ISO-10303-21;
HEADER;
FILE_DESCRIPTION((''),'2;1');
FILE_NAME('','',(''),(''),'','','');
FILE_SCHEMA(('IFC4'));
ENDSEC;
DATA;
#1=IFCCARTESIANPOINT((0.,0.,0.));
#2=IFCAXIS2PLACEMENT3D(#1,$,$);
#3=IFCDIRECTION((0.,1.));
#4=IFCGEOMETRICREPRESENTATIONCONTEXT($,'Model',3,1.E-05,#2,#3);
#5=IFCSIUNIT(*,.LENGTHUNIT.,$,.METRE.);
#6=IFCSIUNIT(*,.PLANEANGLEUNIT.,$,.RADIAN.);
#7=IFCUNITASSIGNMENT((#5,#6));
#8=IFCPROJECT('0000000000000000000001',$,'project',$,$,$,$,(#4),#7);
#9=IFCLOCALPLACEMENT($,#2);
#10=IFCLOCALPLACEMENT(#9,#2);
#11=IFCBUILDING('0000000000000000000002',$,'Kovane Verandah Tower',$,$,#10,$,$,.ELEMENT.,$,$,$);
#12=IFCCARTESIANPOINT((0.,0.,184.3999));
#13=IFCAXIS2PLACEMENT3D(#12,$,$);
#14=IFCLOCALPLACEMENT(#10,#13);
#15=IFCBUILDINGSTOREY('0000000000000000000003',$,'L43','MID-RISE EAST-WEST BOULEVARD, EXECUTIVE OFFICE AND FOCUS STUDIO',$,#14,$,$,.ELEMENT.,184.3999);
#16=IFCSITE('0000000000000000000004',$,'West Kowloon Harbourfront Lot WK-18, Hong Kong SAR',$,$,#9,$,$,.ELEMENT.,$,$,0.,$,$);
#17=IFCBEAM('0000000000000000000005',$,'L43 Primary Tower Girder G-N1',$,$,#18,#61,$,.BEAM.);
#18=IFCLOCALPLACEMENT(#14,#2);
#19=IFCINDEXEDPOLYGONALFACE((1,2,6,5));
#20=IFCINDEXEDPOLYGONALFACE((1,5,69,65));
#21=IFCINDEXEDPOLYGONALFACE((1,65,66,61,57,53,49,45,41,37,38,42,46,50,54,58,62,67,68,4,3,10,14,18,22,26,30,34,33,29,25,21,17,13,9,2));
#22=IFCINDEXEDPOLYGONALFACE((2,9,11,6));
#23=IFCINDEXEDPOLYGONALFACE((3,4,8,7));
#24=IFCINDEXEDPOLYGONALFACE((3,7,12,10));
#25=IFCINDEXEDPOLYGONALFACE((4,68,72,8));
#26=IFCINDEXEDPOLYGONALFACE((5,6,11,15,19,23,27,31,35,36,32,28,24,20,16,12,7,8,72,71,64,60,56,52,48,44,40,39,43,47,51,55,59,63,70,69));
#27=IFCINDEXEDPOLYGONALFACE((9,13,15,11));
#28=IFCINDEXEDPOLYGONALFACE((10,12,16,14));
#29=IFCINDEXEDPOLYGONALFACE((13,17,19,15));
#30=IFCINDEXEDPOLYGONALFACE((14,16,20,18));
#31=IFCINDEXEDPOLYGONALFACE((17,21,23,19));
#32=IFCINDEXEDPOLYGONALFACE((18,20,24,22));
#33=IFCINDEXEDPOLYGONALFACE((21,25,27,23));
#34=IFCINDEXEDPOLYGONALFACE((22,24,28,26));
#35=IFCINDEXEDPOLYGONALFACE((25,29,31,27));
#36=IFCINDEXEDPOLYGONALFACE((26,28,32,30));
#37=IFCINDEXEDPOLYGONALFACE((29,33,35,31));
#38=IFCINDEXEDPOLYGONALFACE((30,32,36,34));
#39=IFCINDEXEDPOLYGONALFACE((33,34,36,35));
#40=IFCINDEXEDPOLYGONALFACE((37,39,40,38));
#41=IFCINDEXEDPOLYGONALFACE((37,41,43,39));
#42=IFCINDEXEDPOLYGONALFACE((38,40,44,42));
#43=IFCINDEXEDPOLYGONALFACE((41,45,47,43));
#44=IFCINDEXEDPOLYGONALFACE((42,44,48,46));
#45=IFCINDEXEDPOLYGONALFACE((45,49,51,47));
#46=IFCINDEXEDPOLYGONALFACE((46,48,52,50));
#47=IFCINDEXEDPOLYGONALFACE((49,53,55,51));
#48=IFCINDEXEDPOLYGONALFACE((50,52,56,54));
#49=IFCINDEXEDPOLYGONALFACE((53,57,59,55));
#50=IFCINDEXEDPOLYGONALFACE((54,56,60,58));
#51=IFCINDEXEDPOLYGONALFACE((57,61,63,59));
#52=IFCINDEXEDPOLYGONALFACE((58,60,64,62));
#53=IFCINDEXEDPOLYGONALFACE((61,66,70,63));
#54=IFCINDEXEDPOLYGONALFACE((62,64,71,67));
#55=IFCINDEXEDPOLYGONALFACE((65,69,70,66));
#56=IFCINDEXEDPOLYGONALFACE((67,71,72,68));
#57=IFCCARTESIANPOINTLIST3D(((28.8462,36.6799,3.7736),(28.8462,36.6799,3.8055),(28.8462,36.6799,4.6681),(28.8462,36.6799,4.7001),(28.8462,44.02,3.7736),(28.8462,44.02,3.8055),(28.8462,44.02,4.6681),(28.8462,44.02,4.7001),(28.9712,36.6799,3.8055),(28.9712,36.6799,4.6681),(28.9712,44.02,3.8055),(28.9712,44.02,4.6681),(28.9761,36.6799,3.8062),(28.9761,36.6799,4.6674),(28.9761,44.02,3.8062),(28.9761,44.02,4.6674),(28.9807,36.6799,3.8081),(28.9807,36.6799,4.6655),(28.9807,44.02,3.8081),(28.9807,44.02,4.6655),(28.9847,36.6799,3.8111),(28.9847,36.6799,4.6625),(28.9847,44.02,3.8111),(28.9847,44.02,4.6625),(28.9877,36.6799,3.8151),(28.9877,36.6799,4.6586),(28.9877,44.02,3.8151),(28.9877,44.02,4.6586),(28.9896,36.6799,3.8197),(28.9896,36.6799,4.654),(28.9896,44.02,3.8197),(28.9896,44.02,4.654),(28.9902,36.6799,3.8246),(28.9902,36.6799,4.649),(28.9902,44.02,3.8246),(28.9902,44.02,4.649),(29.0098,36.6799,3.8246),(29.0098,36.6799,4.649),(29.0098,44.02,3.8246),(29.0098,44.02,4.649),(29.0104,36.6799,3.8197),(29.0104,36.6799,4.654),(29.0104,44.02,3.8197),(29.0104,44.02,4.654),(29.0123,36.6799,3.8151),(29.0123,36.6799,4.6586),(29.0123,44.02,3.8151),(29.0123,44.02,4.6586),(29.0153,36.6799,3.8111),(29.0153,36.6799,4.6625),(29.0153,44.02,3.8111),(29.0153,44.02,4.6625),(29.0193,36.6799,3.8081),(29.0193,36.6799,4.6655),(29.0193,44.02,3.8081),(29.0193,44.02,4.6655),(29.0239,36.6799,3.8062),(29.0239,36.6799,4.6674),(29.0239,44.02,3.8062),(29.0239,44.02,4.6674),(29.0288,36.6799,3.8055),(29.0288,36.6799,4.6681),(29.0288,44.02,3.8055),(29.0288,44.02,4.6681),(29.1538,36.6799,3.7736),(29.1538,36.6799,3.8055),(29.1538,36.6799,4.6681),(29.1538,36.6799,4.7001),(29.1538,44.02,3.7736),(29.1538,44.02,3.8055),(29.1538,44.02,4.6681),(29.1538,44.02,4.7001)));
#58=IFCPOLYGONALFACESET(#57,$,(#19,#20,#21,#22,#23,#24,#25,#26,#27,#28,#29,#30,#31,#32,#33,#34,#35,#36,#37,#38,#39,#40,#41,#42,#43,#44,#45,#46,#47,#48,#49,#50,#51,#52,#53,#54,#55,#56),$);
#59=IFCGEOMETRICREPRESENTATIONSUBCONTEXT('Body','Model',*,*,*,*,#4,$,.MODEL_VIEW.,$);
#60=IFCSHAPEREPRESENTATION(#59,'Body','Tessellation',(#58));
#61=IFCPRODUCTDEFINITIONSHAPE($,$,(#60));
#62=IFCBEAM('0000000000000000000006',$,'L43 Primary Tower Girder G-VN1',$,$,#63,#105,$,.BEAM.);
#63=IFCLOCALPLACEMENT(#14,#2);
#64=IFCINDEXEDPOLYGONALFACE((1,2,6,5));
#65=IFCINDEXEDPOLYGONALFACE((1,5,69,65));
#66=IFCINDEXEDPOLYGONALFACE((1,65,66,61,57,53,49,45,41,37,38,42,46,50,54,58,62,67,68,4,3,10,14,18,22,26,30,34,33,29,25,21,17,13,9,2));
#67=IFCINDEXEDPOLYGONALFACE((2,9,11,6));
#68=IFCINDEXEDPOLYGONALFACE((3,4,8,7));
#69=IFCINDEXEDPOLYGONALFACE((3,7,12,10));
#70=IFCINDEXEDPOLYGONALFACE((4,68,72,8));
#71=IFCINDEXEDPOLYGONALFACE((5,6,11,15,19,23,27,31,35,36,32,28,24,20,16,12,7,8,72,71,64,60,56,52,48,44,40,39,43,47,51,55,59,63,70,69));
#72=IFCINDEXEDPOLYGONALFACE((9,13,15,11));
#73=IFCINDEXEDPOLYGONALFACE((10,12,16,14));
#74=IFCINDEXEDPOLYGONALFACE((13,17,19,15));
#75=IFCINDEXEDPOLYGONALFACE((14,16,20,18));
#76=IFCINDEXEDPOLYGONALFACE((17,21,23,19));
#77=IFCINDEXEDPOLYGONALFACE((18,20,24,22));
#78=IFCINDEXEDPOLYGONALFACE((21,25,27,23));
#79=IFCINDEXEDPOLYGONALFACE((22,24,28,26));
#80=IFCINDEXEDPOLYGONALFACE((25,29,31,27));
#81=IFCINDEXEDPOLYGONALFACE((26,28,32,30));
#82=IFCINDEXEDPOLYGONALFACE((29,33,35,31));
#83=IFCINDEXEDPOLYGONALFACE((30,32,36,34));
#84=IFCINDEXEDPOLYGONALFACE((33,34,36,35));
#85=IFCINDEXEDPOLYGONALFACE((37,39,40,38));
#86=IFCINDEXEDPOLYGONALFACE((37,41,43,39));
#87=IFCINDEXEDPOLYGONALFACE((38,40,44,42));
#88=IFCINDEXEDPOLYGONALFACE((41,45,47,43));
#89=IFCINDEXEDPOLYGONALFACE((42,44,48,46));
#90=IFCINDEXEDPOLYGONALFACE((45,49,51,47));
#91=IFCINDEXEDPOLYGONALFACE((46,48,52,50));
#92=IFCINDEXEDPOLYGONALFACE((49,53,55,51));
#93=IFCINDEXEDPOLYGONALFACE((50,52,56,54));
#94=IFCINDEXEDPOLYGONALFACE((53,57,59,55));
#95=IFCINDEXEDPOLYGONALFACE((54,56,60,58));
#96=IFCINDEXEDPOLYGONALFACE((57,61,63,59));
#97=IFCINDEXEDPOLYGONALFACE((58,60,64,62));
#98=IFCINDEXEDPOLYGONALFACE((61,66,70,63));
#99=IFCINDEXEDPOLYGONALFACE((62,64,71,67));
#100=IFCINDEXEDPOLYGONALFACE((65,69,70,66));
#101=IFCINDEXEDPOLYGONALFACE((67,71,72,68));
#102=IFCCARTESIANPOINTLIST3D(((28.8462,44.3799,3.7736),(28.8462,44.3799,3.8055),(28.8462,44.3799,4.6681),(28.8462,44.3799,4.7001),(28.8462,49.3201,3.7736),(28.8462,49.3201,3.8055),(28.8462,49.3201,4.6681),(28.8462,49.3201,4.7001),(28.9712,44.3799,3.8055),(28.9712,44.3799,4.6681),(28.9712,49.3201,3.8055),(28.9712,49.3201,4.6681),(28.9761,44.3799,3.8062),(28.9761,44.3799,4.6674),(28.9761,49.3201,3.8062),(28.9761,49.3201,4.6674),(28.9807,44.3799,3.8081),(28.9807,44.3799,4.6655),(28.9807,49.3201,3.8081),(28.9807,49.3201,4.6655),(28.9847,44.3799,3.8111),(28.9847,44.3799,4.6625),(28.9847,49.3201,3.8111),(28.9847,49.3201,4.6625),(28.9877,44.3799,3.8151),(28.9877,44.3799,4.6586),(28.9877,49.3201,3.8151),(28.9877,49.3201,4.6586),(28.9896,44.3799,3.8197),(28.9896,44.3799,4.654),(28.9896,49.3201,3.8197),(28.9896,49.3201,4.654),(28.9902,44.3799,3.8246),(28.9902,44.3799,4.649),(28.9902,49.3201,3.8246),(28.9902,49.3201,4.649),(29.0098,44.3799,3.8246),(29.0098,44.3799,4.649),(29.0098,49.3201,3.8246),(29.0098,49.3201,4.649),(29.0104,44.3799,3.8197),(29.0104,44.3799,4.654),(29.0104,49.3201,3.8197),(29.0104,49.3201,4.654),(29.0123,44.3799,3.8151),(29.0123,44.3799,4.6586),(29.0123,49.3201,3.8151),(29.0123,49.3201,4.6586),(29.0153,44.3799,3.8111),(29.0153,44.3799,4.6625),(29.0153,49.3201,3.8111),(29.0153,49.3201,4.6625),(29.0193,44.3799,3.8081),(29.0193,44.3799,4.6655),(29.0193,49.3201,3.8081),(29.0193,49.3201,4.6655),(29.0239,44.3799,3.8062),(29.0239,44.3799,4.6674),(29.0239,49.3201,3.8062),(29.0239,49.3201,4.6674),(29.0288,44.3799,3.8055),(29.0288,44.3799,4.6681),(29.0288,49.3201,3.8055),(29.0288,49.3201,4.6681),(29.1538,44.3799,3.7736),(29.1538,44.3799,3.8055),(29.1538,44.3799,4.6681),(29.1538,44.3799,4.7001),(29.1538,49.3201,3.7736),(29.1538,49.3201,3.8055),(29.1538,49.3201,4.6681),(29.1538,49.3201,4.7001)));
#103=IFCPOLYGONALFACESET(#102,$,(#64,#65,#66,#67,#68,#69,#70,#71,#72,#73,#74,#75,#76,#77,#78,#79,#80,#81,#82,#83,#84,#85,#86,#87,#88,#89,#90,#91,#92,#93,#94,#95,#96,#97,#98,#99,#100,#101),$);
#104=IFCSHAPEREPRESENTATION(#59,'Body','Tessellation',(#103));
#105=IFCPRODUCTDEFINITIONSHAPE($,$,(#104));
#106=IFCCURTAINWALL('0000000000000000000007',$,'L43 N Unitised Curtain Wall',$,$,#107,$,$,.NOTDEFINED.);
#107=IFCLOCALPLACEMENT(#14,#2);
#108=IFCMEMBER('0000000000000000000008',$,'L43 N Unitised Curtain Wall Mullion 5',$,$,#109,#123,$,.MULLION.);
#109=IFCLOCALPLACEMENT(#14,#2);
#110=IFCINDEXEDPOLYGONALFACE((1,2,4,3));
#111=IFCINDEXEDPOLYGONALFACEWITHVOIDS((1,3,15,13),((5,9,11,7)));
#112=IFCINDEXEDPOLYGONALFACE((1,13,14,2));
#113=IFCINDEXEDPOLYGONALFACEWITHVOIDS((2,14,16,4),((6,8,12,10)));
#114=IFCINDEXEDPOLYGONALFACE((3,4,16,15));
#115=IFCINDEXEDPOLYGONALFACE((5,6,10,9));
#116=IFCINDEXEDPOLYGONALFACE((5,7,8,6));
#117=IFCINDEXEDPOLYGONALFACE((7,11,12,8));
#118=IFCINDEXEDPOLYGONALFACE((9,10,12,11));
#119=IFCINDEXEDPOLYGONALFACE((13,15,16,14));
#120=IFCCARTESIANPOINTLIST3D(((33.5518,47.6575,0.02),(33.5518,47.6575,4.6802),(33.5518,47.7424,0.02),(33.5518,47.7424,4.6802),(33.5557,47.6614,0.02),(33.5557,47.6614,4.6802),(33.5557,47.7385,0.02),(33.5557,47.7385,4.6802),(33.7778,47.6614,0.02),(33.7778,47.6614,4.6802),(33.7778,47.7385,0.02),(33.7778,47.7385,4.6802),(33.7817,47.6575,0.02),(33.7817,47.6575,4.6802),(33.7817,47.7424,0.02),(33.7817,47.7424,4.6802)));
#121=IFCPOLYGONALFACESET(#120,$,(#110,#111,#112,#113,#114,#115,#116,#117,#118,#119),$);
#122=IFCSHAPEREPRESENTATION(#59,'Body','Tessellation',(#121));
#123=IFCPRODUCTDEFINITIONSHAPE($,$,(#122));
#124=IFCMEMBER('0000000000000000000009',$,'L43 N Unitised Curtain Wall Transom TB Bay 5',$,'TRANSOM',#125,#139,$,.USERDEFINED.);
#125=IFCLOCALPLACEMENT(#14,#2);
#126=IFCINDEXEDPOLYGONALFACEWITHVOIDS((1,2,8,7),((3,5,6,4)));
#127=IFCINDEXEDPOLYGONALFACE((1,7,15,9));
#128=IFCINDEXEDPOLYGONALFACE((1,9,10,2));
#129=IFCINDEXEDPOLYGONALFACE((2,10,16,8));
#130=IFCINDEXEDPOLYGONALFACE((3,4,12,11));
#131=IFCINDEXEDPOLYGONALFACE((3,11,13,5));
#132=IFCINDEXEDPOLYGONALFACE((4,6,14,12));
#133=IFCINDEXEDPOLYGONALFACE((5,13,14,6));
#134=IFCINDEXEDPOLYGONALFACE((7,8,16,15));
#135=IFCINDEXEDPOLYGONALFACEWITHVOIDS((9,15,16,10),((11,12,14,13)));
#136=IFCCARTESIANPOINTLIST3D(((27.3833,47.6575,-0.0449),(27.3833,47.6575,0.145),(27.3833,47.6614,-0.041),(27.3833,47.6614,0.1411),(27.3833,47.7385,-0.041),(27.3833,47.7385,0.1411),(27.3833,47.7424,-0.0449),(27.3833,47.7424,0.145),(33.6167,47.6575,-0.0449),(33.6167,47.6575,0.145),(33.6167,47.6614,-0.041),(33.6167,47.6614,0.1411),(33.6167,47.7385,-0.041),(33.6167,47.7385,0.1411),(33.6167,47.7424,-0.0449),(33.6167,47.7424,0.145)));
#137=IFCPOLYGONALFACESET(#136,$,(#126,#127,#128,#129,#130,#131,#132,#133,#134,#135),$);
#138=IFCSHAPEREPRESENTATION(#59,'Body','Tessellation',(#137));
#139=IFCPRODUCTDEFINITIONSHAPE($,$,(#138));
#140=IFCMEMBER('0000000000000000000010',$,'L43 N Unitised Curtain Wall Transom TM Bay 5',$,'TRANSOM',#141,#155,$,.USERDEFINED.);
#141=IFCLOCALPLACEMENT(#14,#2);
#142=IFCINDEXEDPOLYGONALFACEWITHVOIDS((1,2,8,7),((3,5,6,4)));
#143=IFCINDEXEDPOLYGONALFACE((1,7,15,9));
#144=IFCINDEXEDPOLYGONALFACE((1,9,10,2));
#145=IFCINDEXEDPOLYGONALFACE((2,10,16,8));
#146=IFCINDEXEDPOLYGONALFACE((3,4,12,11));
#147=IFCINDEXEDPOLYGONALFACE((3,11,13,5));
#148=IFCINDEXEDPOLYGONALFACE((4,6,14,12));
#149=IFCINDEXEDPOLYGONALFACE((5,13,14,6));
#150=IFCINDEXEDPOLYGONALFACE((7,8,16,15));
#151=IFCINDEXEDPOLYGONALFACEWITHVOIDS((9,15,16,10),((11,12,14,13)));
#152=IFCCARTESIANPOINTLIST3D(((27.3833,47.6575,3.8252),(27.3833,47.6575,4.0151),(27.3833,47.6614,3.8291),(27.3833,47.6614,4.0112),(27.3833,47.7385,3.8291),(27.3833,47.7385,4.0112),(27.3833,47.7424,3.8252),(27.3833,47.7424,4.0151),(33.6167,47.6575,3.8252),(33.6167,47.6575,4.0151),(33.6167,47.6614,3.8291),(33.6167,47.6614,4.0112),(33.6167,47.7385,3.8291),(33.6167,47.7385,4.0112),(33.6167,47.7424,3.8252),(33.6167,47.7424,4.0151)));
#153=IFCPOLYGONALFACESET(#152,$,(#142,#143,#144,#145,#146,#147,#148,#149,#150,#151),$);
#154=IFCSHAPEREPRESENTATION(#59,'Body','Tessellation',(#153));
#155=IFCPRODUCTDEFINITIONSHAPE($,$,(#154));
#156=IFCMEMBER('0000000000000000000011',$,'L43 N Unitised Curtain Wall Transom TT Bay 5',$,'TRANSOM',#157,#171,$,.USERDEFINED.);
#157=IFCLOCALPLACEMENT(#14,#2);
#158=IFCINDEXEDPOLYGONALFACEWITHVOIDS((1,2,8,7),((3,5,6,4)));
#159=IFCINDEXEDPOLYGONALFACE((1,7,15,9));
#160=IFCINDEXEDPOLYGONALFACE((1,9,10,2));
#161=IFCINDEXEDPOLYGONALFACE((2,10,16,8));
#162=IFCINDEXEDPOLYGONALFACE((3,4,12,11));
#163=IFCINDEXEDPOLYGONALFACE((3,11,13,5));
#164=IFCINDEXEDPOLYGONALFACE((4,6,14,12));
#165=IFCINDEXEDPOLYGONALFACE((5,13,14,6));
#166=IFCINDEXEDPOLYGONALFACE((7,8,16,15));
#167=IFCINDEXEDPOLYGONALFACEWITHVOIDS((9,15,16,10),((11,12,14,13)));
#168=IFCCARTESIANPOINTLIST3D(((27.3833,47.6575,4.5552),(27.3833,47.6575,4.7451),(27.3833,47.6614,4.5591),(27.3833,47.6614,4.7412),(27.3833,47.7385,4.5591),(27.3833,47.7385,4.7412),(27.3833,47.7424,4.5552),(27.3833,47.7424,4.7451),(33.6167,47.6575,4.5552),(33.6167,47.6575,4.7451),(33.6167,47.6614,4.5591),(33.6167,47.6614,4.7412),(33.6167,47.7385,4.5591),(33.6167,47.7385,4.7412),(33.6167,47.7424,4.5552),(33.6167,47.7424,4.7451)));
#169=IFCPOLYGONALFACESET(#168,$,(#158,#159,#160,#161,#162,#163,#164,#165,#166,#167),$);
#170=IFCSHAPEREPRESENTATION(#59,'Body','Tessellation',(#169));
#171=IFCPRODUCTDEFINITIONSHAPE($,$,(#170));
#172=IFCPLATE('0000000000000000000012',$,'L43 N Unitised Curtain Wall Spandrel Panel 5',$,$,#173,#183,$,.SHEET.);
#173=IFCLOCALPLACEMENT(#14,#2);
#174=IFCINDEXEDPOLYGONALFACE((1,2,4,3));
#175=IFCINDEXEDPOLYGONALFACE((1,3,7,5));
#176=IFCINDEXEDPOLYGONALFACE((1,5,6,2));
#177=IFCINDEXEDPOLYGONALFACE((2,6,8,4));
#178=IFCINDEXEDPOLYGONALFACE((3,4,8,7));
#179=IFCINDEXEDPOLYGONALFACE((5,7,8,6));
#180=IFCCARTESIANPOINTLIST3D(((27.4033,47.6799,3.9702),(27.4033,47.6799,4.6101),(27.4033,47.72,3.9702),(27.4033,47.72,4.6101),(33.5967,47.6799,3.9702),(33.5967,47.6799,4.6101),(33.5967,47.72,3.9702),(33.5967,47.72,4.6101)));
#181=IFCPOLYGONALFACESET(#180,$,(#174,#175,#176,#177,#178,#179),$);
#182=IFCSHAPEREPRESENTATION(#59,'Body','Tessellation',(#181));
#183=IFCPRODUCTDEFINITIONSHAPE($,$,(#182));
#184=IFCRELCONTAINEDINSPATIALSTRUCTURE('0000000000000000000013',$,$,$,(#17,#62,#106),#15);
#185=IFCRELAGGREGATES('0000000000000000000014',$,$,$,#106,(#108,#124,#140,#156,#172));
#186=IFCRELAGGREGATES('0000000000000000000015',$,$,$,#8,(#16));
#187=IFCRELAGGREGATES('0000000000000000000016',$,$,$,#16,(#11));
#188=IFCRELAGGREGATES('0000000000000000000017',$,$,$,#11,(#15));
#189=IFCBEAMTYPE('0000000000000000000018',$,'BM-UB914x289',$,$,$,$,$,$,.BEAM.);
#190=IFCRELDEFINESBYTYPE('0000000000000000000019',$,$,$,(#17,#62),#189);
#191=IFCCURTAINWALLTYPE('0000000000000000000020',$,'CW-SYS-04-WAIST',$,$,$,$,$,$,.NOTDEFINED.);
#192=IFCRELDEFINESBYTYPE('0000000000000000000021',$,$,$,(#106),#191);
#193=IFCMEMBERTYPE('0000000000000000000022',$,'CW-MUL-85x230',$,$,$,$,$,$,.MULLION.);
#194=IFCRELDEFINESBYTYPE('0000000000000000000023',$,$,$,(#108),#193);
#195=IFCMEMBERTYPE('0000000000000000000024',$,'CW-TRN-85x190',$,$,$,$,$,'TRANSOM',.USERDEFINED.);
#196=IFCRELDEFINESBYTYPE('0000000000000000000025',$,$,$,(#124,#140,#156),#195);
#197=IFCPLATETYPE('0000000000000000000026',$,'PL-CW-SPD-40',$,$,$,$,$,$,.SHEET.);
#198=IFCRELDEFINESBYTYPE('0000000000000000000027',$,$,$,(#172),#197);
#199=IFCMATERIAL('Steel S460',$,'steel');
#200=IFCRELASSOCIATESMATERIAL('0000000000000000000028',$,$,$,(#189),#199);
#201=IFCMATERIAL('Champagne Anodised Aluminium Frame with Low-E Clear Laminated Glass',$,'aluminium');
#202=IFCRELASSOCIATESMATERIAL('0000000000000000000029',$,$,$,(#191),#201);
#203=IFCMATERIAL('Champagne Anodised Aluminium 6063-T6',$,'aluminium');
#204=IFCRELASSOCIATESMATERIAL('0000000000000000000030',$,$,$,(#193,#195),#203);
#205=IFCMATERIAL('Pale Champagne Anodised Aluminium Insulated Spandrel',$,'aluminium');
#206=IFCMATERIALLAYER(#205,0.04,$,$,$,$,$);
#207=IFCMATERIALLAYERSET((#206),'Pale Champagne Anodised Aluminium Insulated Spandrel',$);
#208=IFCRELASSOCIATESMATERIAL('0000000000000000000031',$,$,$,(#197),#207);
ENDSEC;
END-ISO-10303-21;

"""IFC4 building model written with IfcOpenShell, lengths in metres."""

from ifc_helpers import new_model, si_unit, direction, frame, origin, origin_2d, place, context, subcontext, project, spatial, rectangle, hollow_rectangle, i_section, extrude, material, layer, layer_set, material_profile, profile_set, type_object, element, aggregate, save


model = new_model("IFC4")

# Units and contexts
model_context = context("Model", 3, precision=1e-05, world=origin(), true_north=direction((0.0, 1.0)))
body_context = subcontext(model_context, "Body", "Model", "MODEL_VIEW")
ifc_project = project(units=[si_unit("LENGTHUNIT", "METRE"), si_unit("PLANEANGLEUNIT", "RADIAN")], contexts=[model_context])

# Site, building, storey
site_placement = place(None, origin())
site = spatial("IfcSite", under=ifc_project, at=site_placement, Name="West Kowloon Harbourfront Lot WK-18, Hong Kong SAR", CompositionType="ELEMENT", RefElevation=0.0)
building_placement = place(site_placement, origin())
building = spatial("IfcBuilding", under=site, at=building_placement, Name="Kovane Verandah Tower", CompositionType="ELEMENT")
storey_placement = place(building_placement, frame((0.0, 0.0, 184.3999)))
storey = spatial("IfcBuildingStorey", under=building, at=storey_placement, Name="L43", Description="MID-RISE EAST-WEST BOULEVARD, EXECUTIVE OFFICE AND FOCUS STUDIO", CompositionType="ELEMENT", Elevation=184.3999)

# Shared definitions
ifc_material_1 = material(Name="Steel S460", Category="steel")

# Beams
ifc_material_profile_1 = material_profile(ifc_material_1, i_section(OverallWidth=0.3076, OverallDepth=0.9265, WebThickness=0.0195, FlangeThickness=0.032, FilletRadius=0.019, at=origin_2d()), Name="UB914x305x289")
ifc_profile_set_1 = profile_set([ifc_material_profile_1], Name="Steel S460")
beam_type_1 = type_object("IfcBeamType", Name="BM-UB914x289", PredefinedType="BEAM", material=ifc_profile_set_1)
beam_1_placement = place(storey_placement, frame((29.0, 36.6799, 4.2368), z_axis=(0.0, 1.0, 0.0), x_axis=(-1.0, 0.0, 0.0)))
element("IfcBeam", 1, at=beam_1_placement, inside=storey, type_object=beam_type_1, Name="L43 Primary Tower Girder G-N1", PredefinedType="BEAM", context=body_context, shape_type="SweptSolid", body=[
    extrude(i_section(OverallWidth=0.3076, OverallDepth=0.9265, WebThickness=0.0195, FlangeThickness=0.032, FilletRadius=0.019, at=origin_2d()), origin(), (0.0, 0.0, 1.0), 7.3401),
])
beam_2_placement = place(storey_placement, frame((29.0, 44.3799, 4.2368), z_axis=(0.0, 1.0, 0.0), x_axis=(-1.0, 0.0, 0.0)))
element("IfcBeam", 2, at=beam_2_placement, inside=storey, type_object=beam_type_1, Name="L43 Primary Tower Girder G-VN1", PredefinedType="BEAM", context=body_context, shape_type="SweptSolid", body=[
    extrude(i_section(OverallWidth=0.3076, OverallDepth=0.9265, WebThickness=0.0195, FlangeThickness=0.032, FilletRadius=0.019, at=origin_2d()), origin(), (0.0, 0.0, 1.0), 4.9402),
])

# Curtain wall, members, plate
ifc_material_2 = material(Name="Champagne Anodised Aluminium Frame with Low-E Clear Laminated Glass", Category="aluminium")
curtain_wall_type = type_object("IfcCurtainWallType", Name="CW-SYS-04-WAIST", PredefinedType="NOTDEFINED", material=ifc_material_2)
curtain_wall_placement = place(storey_placement, origin())
curtain_wall = element("IfcCurtainWall", 3, at=curtain_wall_placement, inside=storey, type_object=curtain_wall_type, Name="L43 N Unitised Curtain Wall", PredefinedType="NOTDEFINED")
ifc_material_3 = material(Name="Champagne Anodised Aluminium 6063-T6", Category="aluminium")
ifc_material_profile_2 = material_profile(ifc_material_3, hollow_rectangle(XDim=0.085, YDim=0.23, WallThickness=0.0039, at=origin_2d()), Name="AL85x230x4")
ifc_profile_set_2 = profile_set([ifc_material_profile_2], Name="Champagne Anodised Aluminium 6063-T6")
member_type_1 = type_object("IfcMemberType", Name="CW-MUL-85x230", PredefinedType="MULLION", material=ifc_profile_set_2)
member_1_placement = place(storey_placement, frame((33.6667, 47.7, 0.02), z_axis=(0.0, 0.0, 1.0), x_axis=(0.0, 1.0, 0.0)))
member_1 = element("IfcMember", 4, at=member_1_placement, type_object=member_type_1, Name="L43 N Unitised Curtain Wall Mullion 5", PredefinedType="MULLION", context=body_context, shape_type="SweptSolid", body=[
    extrude(hollow_rectangle(XDim=0.085, YDim=0.23, WallThickness=0.0039, at=origin_2d()), origin(), (0.0, 0.0, 1.0), 4.6602),
])
ifc_material_profile_3 = material_profile(ifc_material_3, hollow_rectangle(XDim=0.085, YDim=0.1899, WallThickness=0.0039, at=origin_2d()), Name="AL85x190x4")
ifc_profile_set_3 = profile_set([ifc_material_profile_3], Name="Champagne Anodised Aluminium 6063-T6")
member_type_2 = type_object("IfcMemberType", Name="CW-TRN-85x190", ElementType="TRANSOM", PredefinedType="USERDEFINED", material=ifc_profile_set_3)
member_2_placement = place(storey_placement, frame((33.6167, 47.7, 0.05), z_axis=(-1.0, 0.0, 0.0), x_axis=(0.0, -1.0, 0.0)))
member_2 = element("IfcMember", 5, at=member_2_placement, type_object=member_type_2, Name="L43 N Unitised Curtain Wall Transom TB Bay 5", ObjectType="TRANSOM", PredefinedType="USERDEFINED", context=body_context, shape_type="SweptSolid", body=[
    extrude(hollow_rectangle(XDim=0.085, YDim=0.1899, WallThickness=0.0039, at=origin_2d()), origin(), (0.0, 0.0, 1.0), 6.2334),
])
member_3_placement = place(storey_placement, frame((33.6167, 47.7, 3.9202), z_axis=(-1.0, 0.0, 0.0), x_axis=(0.0, -1.0, 0.0)))
member_3 = element("IfcMember", 6, at=member_3_placement, type_object=member_type_2, Name="L43 N Unitised Curtain Wall Transom TM Bay 5", ObjectType="TRANSOM", PredefinedType="USERDEFINED", context=body_context, shape_type="SweptSolid", body=[
    extrude(hollow_rectangle(XDim=0.085, YDim=0.1899, WallThickness=0.0039, at=origin_2d()), origin(), (0.0, 0.0, 1.0), 6.2334),
])
member_4_placement = place(storey_placement, frame((33.6167, 47.7, 4.6501), z_axis=(-1.0, 0.0, 0.0), x_axis=(0.0, -1.0, 0.0)))
member_4 = element("IfcMember", 7, at=member_4_placement, type_object=member_type_2, Name="L43 N Unitised Curtain Wall Transom TT Bay 5", ObjectType="TRANSOM", PredefinedType="USERDEFINED", context=body_context, shape_type="SweptSolid", body=[
    extrude(hollow_rectangle(XDim=0.085, YDim=0.1899, WallThickness=0.0039, at=origin_2d()), origin(), (0.0, 0.0, 1.0), 6.2334),
])
ifc_material_4 = material(Name="Pale Champagne Anodised Aluminium Insulated Spandrel", Category="aluminium")
ifc_layer_1 = layer(ifc_material_4, 0.04)
ifc_layer_set_1 = layer_set([ifc_layer_1], Name="Pale Champagne Anodised Aluminium Insulated Spandrel")
plate_type_1 = type_object("IfcPlateType", Name="PL-CW-SPD-40", PredefinedType="SHEET", material=ifc_layer_set_1)
plate_1_placement = place(storey_placement, frame((30.5, 47.7, 3.9702), z_axis=(0.0, 0.0, 1.0), x_axis=(-1.0, 0.0, 0.0)))
plate_1 = element("IfcPlate", 8, at=plate_1_placement, type_object=plate_type_1, Name="L43 N Unitised Curtain Wall Spandrel Panel 5", PredefinedType="SHEET", context=body_context, shape_type="SweptSolid", body=[
    extrude(rectangle(XDim=6.1934, YDim=0.04, at=origin_2d()), origin(), (0.0, 0.0, 1.0), 0.6399),
])
aggregate(curtain_wall, [member_1, member_2, member_3, member_4, plate_1])

save(model, "model.ifc")
